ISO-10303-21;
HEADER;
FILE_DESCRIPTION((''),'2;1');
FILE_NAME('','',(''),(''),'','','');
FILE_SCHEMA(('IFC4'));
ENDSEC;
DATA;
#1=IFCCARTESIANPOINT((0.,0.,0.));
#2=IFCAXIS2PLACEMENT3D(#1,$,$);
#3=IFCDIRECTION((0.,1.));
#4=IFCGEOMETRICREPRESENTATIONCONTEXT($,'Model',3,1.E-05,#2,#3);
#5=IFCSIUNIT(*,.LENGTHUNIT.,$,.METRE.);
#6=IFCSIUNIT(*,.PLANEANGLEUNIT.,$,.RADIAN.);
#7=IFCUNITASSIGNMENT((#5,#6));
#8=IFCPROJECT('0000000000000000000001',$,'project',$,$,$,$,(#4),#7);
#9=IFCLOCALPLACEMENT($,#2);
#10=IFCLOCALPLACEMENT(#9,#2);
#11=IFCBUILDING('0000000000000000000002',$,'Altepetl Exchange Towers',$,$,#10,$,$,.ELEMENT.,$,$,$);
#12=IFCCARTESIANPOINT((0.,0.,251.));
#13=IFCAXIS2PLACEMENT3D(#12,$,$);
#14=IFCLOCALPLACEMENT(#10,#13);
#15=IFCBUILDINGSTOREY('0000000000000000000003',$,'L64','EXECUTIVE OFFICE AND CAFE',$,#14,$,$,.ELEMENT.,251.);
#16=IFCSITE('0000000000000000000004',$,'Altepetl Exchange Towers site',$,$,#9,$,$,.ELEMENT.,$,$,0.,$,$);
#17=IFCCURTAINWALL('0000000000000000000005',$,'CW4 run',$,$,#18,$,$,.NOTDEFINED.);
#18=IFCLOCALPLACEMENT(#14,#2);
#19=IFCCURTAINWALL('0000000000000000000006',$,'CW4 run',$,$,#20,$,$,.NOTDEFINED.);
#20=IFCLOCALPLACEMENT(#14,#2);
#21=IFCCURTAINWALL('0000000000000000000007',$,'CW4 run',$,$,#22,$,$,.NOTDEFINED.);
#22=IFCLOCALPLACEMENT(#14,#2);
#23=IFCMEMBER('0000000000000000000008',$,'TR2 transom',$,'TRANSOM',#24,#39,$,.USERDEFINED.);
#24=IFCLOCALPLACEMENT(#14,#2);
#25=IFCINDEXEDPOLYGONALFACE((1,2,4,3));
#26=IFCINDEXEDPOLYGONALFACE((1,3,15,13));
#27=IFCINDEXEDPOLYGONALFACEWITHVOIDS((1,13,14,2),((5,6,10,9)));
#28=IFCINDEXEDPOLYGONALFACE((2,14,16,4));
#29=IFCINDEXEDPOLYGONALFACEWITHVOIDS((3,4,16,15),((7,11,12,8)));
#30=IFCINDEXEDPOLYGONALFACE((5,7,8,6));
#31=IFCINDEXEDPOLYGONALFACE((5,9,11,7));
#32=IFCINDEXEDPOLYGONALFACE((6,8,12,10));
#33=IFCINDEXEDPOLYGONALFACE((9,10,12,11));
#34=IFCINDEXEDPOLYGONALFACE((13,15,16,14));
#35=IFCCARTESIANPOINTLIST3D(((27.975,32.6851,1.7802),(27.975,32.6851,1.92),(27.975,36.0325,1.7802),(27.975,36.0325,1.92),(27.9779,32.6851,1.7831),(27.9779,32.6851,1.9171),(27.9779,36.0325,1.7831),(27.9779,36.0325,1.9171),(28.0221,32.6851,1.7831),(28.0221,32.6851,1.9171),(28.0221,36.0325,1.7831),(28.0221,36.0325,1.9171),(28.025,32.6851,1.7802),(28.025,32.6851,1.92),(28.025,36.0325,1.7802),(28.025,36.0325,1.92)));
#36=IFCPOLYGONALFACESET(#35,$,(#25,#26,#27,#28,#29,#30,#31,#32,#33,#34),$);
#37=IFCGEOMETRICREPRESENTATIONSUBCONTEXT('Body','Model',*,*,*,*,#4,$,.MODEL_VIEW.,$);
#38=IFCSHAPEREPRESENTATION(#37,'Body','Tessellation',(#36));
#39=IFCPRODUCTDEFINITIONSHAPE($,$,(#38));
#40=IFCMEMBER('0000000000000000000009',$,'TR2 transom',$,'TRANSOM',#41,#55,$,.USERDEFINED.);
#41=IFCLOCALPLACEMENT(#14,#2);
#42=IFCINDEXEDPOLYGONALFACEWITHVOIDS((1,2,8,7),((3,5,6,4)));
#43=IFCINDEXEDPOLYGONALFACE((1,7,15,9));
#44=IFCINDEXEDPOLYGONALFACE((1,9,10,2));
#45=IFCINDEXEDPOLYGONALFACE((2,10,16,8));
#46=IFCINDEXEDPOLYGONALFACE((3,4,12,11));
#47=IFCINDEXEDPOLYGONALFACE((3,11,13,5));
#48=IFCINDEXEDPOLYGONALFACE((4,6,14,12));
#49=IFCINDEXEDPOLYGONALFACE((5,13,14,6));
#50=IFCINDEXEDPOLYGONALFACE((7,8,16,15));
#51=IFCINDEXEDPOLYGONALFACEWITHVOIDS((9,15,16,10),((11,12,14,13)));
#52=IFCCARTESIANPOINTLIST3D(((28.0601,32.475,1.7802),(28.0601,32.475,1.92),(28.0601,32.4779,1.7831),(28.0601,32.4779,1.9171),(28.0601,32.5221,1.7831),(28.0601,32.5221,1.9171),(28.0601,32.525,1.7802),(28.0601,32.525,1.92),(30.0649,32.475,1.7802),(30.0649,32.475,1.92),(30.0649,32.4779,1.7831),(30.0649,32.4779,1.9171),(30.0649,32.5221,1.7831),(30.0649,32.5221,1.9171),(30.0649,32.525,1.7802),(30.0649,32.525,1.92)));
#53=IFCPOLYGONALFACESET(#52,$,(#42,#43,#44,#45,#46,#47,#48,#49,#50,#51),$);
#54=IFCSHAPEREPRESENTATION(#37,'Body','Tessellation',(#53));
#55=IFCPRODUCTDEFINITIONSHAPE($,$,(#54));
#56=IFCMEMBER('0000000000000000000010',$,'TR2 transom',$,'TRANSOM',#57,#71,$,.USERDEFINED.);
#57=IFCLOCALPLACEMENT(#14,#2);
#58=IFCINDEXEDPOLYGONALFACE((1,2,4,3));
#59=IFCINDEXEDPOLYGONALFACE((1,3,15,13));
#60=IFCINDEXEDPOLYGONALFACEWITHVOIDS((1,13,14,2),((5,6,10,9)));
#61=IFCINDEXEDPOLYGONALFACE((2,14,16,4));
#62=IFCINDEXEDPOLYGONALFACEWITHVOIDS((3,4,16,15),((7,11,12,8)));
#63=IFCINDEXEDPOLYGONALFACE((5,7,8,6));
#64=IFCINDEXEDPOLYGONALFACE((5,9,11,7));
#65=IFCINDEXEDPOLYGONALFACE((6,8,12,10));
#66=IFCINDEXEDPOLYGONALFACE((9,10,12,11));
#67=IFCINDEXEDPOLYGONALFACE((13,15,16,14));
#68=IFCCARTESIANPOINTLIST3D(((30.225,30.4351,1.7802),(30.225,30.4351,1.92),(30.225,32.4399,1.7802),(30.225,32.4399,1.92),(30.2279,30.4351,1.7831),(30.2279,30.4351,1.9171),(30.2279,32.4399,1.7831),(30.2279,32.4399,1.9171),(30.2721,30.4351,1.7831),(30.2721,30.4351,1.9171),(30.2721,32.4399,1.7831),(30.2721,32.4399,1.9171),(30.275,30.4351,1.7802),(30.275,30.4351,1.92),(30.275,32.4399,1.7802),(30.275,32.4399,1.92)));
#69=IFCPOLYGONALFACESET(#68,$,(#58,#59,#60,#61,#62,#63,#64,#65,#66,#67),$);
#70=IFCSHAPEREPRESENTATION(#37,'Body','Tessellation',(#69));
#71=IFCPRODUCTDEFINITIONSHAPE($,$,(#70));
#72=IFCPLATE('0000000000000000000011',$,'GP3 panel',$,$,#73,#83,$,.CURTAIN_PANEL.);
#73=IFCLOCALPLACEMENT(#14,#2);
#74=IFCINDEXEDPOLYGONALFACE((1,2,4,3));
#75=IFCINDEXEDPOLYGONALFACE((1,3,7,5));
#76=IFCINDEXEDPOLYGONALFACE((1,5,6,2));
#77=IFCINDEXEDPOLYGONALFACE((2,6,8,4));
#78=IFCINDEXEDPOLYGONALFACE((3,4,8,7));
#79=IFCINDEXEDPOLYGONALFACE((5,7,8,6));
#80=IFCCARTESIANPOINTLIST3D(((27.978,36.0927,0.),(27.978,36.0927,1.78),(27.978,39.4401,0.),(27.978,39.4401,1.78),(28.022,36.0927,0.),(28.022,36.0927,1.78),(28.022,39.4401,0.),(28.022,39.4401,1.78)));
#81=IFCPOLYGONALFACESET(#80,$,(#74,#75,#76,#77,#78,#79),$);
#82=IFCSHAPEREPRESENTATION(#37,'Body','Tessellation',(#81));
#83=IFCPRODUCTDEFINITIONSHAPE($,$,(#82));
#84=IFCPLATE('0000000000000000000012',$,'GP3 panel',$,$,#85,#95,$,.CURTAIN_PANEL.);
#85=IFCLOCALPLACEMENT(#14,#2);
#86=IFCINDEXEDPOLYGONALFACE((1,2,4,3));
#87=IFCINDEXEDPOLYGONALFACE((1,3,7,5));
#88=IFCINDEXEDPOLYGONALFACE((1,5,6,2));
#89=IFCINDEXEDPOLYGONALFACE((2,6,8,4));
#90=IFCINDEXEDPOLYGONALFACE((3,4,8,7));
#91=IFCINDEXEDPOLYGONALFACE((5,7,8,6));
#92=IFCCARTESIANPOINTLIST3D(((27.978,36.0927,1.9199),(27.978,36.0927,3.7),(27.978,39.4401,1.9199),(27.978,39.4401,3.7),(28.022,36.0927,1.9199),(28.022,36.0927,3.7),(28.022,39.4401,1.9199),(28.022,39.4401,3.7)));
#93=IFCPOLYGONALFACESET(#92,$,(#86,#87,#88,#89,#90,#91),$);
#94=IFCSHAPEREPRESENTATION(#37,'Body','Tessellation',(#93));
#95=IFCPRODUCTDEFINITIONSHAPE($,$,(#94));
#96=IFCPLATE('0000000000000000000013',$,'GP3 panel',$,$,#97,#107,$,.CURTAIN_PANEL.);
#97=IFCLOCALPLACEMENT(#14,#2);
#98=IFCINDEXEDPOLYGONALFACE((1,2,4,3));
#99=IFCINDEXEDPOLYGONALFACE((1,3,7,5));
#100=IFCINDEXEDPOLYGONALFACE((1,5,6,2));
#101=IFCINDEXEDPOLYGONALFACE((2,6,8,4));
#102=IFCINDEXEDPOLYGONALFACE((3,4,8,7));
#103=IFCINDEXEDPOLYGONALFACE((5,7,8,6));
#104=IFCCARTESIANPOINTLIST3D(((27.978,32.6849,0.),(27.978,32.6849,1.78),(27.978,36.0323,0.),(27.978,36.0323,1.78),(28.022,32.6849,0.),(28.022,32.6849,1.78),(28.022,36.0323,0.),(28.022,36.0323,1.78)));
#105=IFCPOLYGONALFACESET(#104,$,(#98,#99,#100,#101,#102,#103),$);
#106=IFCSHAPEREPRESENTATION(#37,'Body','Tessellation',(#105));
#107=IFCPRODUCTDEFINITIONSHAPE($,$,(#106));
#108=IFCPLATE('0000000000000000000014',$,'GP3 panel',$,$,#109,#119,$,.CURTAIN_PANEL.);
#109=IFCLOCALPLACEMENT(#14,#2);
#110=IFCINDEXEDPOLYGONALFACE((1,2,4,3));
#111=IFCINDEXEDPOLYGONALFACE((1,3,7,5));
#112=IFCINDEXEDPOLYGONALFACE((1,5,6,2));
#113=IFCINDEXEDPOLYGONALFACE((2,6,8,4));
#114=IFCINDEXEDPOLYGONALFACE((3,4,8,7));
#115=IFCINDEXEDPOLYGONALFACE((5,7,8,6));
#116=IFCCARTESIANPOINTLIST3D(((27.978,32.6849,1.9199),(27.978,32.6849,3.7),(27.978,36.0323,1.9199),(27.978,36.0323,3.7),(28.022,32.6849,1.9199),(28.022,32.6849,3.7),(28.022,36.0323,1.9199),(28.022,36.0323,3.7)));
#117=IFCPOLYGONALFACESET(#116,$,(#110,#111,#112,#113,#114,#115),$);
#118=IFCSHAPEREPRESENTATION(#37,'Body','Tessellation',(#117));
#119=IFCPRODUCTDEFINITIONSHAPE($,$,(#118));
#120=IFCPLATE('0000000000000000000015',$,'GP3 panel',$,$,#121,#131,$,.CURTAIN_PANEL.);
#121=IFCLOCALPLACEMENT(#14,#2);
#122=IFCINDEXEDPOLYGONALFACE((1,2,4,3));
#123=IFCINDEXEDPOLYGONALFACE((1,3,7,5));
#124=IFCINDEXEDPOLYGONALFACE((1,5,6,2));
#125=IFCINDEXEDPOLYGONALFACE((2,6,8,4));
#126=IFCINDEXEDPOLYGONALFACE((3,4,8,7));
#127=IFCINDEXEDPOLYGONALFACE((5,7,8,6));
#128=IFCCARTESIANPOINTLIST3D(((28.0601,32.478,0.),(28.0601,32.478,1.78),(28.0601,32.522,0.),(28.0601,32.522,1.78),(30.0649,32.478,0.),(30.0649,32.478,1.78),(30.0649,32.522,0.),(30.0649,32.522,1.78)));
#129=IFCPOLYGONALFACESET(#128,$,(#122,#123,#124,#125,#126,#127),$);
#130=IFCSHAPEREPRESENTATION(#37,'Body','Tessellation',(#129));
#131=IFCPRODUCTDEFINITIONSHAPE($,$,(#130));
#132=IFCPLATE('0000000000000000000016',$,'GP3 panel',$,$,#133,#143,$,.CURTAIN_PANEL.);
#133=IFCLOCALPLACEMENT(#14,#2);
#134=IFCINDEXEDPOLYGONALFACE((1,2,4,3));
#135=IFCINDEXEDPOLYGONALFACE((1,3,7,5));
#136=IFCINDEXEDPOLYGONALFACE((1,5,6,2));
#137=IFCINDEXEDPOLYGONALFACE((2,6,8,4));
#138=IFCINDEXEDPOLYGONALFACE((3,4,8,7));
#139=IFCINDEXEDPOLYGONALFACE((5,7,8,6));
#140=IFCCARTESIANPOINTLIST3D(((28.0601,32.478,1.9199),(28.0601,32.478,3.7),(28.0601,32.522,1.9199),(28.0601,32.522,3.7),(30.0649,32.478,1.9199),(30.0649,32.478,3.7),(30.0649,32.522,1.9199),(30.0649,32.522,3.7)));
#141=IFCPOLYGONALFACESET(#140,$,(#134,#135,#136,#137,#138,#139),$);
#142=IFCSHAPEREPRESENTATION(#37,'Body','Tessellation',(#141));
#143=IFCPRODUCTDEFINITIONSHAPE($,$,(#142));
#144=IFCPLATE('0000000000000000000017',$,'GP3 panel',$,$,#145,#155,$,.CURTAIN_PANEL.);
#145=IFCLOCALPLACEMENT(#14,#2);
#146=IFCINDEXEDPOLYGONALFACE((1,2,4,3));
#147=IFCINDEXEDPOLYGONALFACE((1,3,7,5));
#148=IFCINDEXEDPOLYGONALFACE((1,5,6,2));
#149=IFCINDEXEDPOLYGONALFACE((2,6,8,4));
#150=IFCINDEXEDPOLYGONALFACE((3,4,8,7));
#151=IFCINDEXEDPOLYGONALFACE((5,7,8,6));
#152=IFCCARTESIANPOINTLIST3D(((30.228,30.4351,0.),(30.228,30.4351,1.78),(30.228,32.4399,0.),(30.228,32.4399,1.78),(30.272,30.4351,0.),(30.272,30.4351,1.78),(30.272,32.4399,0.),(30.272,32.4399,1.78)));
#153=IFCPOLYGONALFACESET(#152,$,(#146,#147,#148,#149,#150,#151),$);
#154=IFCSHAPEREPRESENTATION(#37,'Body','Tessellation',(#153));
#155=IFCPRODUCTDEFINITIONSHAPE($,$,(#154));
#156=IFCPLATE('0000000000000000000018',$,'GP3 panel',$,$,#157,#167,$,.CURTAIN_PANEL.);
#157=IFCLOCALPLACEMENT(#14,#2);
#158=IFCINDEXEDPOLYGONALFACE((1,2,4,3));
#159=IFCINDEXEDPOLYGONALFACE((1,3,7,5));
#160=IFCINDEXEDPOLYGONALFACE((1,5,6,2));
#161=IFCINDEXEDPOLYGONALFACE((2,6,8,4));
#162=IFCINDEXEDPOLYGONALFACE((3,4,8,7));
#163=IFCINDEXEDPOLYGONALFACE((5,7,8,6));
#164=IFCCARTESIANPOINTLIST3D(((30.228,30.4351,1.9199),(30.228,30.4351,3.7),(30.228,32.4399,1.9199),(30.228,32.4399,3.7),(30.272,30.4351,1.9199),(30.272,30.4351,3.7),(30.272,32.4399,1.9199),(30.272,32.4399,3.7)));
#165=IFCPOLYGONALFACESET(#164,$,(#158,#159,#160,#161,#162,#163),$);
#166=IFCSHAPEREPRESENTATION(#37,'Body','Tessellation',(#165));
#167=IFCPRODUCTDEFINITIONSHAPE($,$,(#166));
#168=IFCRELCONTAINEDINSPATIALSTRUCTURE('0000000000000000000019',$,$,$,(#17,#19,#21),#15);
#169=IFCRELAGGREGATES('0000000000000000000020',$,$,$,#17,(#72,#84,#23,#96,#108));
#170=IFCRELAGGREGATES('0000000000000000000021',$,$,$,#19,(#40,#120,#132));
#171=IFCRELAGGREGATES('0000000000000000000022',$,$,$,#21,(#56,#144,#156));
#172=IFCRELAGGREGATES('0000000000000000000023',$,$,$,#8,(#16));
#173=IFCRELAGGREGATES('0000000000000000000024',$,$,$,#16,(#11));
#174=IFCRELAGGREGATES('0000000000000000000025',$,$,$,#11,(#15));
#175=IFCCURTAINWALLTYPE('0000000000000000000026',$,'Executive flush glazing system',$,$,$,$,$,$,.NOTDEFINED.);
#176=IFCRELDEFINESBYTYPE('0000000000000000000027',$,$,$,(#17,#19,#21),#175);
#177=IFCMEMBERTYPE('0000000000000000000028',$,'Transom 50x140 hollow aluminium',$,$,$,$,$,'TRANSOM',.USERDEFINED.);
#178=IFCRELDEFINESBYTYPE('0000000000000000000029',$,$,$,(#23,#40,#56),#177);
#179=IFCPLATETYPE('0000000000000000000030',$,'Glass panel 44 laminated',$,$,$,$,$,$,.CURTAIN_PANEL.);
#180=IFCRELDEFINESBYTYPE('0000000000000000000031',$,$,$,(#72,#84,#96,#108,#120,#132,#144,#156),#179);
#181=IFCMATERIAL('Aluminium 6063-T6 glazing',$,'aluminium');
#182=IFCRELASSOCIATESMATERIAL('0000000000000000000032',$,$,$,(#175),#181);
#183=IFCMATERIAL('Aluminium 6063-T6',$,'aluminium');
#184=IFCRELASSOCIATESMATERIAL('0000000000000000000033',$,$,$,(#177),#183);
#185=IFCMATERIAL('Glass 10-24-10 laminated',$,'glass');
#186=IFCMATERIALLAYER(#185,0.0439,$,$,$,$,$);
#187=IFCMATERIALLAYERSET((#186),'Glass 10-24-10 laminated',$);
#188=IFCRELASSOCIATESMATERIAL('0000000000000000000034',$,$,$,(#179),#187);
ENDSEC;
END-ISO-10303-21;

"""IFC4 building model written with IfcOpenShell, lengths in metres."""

from ifc_helpers import new_model, si_unit, direction, frame, origin, origin_2d, place, context, subcontext, project, spatial, rectangle, hollow_rectangle, extrude, material, layer, layer_set, material_profile, profile_set, type_object, element, aggregate, save


model = new_model("IFC4")

# Units and contexts
model_context = context("Model", 3, precision=1e-05, world=origin(), true_north=direction((0.0, 1.0)))
body_context = subcontext(model_context, "Body", "Model", "MODEL_VIEW")
ifc_project = project(units=[si_unit("LENGTHUNIT", "METRE"), si_unit("PLANEANGLEUNIT", "RADIAN")], contexts=[model_context])

# Site, building, storey
site_placement = place(None, origin())
site = spatial("IfcSite", under=ifc_project, at=site_placement, Name="Altepetl Exchange Towers site", CompositionType="ELEMENT", RefElevation=0.0)
building_placement = place(site_placement, origin())
building = spatial("IfcBuilding", under=site, at=building_placement, Name="Altepetl Exchange Towers", CompositionType="ELEMENT")
storey_placement = place(building_placement, frame((0.0, 0.0, 251.0)))
storey = spatial("IfcBuildingStorey", under=building, at=storey_placement, Name="L64", Description="EXECUTIVE OFFICE AND CAFE", CompositionType="ELEMENT", Elevation=251.0)

# Curtain walls
ifc_material_1 = material(Name="Aluminium 6063-T6 glazing", Category="aluminium")
curtain_wall_type = type_object("IfcCurtainWallType", Name="Executive flush glazing system", PredefinedType="NOTDEFINED", material=ifc_material_1)
curtain_wall_1_placement = place(storey_placement, origin())
curtain_wall_1 = element("IfcCurtainWall", 1, at=curtain_wall_1_placement, inside=storey, type_object=curtain_wall_type, Name="CW4 run", PredefinedType="NOTDEFINED")
ifc_material_2 = material(Name="Aluminium 6063-T6", Category="aluminium")
curtain_wall_2_placement = place(storey_placement, origin())
curtain_wall_2 = element("IfcCurtainWall", 2, at=curtain_wall_2_placement, inside=storey, type_object=curtain_wall_type, Name="CW4 run", PredefinedType="NOTDEFINED")
curtain_wall_3_placement = place(storey_placement, origin())
curtain_wall_3 = element("IfcCurtainWall", 3, at=curtain_wall_3_placement, inside=storey, type_object=curtain_wall_type, Name="CW4 run", PredefinedType="NOTDEFINED")

# Members
ifc_material_profile_1 = material_profile(ifc_material_2, hollow_rectangle(XDim=0.05, YDim=0.1399, WallThickness=0.0029, at=origin_2d()), Name="Transom 50x140 hollow aluminium")
ifc_profile_set_1 = profile_set([ifc_material_profile_1], Name="Aluminium 6063-T6")
member_type_1 = type_object("IfcMemberType", Name="Transom 50x140 hollow aluminium", ElementType="TRANSOM", PredefinedType="USERDEFINED", material=ifc_profile_set_1)
member_1_placement = place(storey_placement, frame((28.0, 36.0325, 1.8501), z_axis=(0.0, -1.0, 0.0), x_axis=(1.0, 0.0, 0.0)))
member_1 = element("IfcMember", 4, at=member_1_placement, type_object=member_type_1, Name="TR2 transom", ObjectType="TRANSOM", PredefinedType="USERDEFINED", context=body_context, shape_type="SweptSolid", body=[
    extrude(hollow_rectangle(XDim=0.05, YDim=0.1399, WallThickness=0.0029, at=origin_2d()), origin(), (0.0, 0.0, 1.0), 3.3474),
])
member_2_placement = place(storey_placement, frame((28.0601, 32.5, 1.8501), z_axis=(1.0, 0.0, 0.0), x_axis=(0.0, 1.0, 0.0)))
member_2 = element("IfcMember", 5, at=member_2_placement, type_object=member_type_1, Name="TR2 transom", ObjectType="TRANSOM", PredefinedType="USERDEFINED", context=body_context, shape_type="SweptSolid", body=[
    extrude(hollow_rectangle(XDim=0.05, YDim=0.1399, WallThickness=0.0029, at=origin_2d()), origin(), (0.0, 0.0, 1.0), 2.0049),
])
member_3_placement = place(storey_placement, frame((30.25, 32.4399, 1.8501), z_axis=(0.0, -1.0, 0.0), x_axis=(1.0, 0.0, 0.0)))
member_3 = element("IfcMember", 6, at=member_3_placement, type_object=member_type_1, Name="TR2 transom", ObjectType="TRANSOM", PredefinedType="USERDEFINED", context=body_context, shape_type="SweptSolid", body=[
    extrude(hollow_rectangle(XDim=0.05, YDim=0.1399, WallThickness=0.0029, at=origin_2d()), origin(), (0.0, 0.0, 1.0), 2.0049),
])

# Plates
ifc_material_3 = material(Name="Glass 10-24-10 laminated", Category="glass")
ifc_layer = layer(ifc_material_3, 0.0439)
ifc_layer_set = layer_set([ifc_layer], Name="Glass 10-24-10 laminated")
plate_type = type_object("IfcPlateType", Name="Glass panel 44 laminated", PredefinedType="CURTAIN_PANEL", material=ifc_layer_set)
plate_1_placement = place(storey_placement, frame((28.0, 37.7664, 0.0), z_axis=(0.0, 0.0, 1.0), x_axis=(0.0, -1.0, 0.0)))
plate_1 = element("IfcPlate", 7, at=plate_1_placement, type_object=plate_type, Name="GP3 panel", PredefinedType="CURTAIN_PANEL", context=body_context, shape_type="SweptSolid", body=[
    extrude(rectangle(XDim=3.3474, YDim=0.0439, at=origin_2d()), origin(), (0.0, 0.0, 1.0), 1.78),
])
plate_2_placement = place(storey_placement, frame((28.0, 37.7664, 1.9199), z_axis=(0.0, 0.0, 1.0), x_axis=(0.0, -1.0, 0.0)))
plate_2 = element("IfcPlate", 8, at=plate_2_placement, type_object=plate_type, Name="GP3 panel", PredefinedType="CURTAIN_PANEL", context=body_context, shape_type="SweptSolid", body=[
    extrude(rectangle(XDim=3.3474, YDim=0.0439, at=origin_2d()), origin(), (0.0, 0.0, 1.0), 1.78),
])
plate_3_placement = place(storey_placement, frame((28.0, 34.3586, 0.0), z_axis=(0.0, 0.0, 1.0), x_axis=(0.0, -1.0, 0.0)))
plate_3 = element("IfcPlate", 9, at=plate_3_placement, type_object=plate_type, Name="GP3 panel", PredefinedType="CURTAIN_PANEL", context=body_context, shape_type="SweptSolid", body=[
    extrude(rectangle(XDim=3.3474, YDim=0.0439, at=origin_2d()), origin(), (0.0, 0.0, 1.0), 1.78),
])
plate_4_placement = place(storey_placement, frame((28.0, 34.3586, 1.9199), z_axis=(0.0, 0.0, 1.0), x_axis=(0.0, -1.0, 0.0)))
plate_4 = element("IfcPlate", 10, at=plate_4_placement, type_object=plate_type, Name="GP3 panel", PredefinedType="CURTAIN_PANEL", context=body_context, shape_type="SweptSolid", body=[
    extrude(rectangle(XDim=3.3474, YDim=0.0439, at=origin_2d()), origin(), (0.0, 0.0, 1.0), 1.78),
])
aggregate(curtain_wall_1, [plate_1, plate_2, member_1, plate_3, plate_4])
plate_5_placement = place(storey_placement, frame((29.0625, 32.5, 0.0)))
plate_5 = element("IfcPlate", 11, at=plate_5_placement, type_object=plate_type, Name="GP3 panel", PredefinedType="CURTAIN_PANEL", context=body_context, shape_type="SweptSolid", body=[
    extrude(rectangle(XDim=2.0049, YDim=0.0439, at=origin_2d()), origin(), (0.0, 0.0, 1.0), 1.78),
])
plate_6_placement = place(storey_placement, frame((29.0625, 32.5, 1.9199)))
plate_6 = element("IfcPlate", 12, at=plate_6_placement, type_object=plate_type, Name="GP3 panel", PredefinedType="CURTAIN_PANEL", context=body_context, shape_type="SweptSolid", body=[
    extrude(rectangle(XDim=2.0049, YDim=0.0439, at=origin_2d()), origin(), (0.0, 0.0, 1.0), 1.78),
])
aggregate(curtain_wall_2, [member_2, plate_5, plate_6])
plate_7_placement = place(storey_placement, frame((30.25, 31.4375, 0.0), z_axis=(0.0, 0.0, 1.0), x_axis=(0.0, -1.0, 0.0)))
plate_7 = element("IfcPlate", 13, at=plate_7_placement, type_object=plate_type, Name="GP3 panel", PredefinedType="CURTAIN_PANEL", context=body_context, shape_type="SweptSolid", body=[
    extrude(rectangle(XDim=2.0049, YDim=0.0439, at=origin_2d()), origin(), (0.0, 0.0, 1.0), 1.78),
])
plate_8_placement = place(storey_placement, frame((30.25, 31.4375, 1.9199), z_axis=(0.0, 0.0, 1.0), x_axis=(0.0, -1.0, 0.0)))
plate_8 = element("IfcPlate", 14, at=plate_8_placement, type_object=plate_type, Name="GP3 panel", PredefinedType="CURTAIN_PANEL", context=body_context, shape_type="SweptSolid", body=[
    extrude(rectangle(XDim=2.0049, YDim=0.0439, at=origin_2d()), origin(), (0.0, 0.0, 1.0), 1.78),
])
aggregate(curtain_wall_3, [member_3, plate_7, plate_8])

save(model, "model.ifc")
